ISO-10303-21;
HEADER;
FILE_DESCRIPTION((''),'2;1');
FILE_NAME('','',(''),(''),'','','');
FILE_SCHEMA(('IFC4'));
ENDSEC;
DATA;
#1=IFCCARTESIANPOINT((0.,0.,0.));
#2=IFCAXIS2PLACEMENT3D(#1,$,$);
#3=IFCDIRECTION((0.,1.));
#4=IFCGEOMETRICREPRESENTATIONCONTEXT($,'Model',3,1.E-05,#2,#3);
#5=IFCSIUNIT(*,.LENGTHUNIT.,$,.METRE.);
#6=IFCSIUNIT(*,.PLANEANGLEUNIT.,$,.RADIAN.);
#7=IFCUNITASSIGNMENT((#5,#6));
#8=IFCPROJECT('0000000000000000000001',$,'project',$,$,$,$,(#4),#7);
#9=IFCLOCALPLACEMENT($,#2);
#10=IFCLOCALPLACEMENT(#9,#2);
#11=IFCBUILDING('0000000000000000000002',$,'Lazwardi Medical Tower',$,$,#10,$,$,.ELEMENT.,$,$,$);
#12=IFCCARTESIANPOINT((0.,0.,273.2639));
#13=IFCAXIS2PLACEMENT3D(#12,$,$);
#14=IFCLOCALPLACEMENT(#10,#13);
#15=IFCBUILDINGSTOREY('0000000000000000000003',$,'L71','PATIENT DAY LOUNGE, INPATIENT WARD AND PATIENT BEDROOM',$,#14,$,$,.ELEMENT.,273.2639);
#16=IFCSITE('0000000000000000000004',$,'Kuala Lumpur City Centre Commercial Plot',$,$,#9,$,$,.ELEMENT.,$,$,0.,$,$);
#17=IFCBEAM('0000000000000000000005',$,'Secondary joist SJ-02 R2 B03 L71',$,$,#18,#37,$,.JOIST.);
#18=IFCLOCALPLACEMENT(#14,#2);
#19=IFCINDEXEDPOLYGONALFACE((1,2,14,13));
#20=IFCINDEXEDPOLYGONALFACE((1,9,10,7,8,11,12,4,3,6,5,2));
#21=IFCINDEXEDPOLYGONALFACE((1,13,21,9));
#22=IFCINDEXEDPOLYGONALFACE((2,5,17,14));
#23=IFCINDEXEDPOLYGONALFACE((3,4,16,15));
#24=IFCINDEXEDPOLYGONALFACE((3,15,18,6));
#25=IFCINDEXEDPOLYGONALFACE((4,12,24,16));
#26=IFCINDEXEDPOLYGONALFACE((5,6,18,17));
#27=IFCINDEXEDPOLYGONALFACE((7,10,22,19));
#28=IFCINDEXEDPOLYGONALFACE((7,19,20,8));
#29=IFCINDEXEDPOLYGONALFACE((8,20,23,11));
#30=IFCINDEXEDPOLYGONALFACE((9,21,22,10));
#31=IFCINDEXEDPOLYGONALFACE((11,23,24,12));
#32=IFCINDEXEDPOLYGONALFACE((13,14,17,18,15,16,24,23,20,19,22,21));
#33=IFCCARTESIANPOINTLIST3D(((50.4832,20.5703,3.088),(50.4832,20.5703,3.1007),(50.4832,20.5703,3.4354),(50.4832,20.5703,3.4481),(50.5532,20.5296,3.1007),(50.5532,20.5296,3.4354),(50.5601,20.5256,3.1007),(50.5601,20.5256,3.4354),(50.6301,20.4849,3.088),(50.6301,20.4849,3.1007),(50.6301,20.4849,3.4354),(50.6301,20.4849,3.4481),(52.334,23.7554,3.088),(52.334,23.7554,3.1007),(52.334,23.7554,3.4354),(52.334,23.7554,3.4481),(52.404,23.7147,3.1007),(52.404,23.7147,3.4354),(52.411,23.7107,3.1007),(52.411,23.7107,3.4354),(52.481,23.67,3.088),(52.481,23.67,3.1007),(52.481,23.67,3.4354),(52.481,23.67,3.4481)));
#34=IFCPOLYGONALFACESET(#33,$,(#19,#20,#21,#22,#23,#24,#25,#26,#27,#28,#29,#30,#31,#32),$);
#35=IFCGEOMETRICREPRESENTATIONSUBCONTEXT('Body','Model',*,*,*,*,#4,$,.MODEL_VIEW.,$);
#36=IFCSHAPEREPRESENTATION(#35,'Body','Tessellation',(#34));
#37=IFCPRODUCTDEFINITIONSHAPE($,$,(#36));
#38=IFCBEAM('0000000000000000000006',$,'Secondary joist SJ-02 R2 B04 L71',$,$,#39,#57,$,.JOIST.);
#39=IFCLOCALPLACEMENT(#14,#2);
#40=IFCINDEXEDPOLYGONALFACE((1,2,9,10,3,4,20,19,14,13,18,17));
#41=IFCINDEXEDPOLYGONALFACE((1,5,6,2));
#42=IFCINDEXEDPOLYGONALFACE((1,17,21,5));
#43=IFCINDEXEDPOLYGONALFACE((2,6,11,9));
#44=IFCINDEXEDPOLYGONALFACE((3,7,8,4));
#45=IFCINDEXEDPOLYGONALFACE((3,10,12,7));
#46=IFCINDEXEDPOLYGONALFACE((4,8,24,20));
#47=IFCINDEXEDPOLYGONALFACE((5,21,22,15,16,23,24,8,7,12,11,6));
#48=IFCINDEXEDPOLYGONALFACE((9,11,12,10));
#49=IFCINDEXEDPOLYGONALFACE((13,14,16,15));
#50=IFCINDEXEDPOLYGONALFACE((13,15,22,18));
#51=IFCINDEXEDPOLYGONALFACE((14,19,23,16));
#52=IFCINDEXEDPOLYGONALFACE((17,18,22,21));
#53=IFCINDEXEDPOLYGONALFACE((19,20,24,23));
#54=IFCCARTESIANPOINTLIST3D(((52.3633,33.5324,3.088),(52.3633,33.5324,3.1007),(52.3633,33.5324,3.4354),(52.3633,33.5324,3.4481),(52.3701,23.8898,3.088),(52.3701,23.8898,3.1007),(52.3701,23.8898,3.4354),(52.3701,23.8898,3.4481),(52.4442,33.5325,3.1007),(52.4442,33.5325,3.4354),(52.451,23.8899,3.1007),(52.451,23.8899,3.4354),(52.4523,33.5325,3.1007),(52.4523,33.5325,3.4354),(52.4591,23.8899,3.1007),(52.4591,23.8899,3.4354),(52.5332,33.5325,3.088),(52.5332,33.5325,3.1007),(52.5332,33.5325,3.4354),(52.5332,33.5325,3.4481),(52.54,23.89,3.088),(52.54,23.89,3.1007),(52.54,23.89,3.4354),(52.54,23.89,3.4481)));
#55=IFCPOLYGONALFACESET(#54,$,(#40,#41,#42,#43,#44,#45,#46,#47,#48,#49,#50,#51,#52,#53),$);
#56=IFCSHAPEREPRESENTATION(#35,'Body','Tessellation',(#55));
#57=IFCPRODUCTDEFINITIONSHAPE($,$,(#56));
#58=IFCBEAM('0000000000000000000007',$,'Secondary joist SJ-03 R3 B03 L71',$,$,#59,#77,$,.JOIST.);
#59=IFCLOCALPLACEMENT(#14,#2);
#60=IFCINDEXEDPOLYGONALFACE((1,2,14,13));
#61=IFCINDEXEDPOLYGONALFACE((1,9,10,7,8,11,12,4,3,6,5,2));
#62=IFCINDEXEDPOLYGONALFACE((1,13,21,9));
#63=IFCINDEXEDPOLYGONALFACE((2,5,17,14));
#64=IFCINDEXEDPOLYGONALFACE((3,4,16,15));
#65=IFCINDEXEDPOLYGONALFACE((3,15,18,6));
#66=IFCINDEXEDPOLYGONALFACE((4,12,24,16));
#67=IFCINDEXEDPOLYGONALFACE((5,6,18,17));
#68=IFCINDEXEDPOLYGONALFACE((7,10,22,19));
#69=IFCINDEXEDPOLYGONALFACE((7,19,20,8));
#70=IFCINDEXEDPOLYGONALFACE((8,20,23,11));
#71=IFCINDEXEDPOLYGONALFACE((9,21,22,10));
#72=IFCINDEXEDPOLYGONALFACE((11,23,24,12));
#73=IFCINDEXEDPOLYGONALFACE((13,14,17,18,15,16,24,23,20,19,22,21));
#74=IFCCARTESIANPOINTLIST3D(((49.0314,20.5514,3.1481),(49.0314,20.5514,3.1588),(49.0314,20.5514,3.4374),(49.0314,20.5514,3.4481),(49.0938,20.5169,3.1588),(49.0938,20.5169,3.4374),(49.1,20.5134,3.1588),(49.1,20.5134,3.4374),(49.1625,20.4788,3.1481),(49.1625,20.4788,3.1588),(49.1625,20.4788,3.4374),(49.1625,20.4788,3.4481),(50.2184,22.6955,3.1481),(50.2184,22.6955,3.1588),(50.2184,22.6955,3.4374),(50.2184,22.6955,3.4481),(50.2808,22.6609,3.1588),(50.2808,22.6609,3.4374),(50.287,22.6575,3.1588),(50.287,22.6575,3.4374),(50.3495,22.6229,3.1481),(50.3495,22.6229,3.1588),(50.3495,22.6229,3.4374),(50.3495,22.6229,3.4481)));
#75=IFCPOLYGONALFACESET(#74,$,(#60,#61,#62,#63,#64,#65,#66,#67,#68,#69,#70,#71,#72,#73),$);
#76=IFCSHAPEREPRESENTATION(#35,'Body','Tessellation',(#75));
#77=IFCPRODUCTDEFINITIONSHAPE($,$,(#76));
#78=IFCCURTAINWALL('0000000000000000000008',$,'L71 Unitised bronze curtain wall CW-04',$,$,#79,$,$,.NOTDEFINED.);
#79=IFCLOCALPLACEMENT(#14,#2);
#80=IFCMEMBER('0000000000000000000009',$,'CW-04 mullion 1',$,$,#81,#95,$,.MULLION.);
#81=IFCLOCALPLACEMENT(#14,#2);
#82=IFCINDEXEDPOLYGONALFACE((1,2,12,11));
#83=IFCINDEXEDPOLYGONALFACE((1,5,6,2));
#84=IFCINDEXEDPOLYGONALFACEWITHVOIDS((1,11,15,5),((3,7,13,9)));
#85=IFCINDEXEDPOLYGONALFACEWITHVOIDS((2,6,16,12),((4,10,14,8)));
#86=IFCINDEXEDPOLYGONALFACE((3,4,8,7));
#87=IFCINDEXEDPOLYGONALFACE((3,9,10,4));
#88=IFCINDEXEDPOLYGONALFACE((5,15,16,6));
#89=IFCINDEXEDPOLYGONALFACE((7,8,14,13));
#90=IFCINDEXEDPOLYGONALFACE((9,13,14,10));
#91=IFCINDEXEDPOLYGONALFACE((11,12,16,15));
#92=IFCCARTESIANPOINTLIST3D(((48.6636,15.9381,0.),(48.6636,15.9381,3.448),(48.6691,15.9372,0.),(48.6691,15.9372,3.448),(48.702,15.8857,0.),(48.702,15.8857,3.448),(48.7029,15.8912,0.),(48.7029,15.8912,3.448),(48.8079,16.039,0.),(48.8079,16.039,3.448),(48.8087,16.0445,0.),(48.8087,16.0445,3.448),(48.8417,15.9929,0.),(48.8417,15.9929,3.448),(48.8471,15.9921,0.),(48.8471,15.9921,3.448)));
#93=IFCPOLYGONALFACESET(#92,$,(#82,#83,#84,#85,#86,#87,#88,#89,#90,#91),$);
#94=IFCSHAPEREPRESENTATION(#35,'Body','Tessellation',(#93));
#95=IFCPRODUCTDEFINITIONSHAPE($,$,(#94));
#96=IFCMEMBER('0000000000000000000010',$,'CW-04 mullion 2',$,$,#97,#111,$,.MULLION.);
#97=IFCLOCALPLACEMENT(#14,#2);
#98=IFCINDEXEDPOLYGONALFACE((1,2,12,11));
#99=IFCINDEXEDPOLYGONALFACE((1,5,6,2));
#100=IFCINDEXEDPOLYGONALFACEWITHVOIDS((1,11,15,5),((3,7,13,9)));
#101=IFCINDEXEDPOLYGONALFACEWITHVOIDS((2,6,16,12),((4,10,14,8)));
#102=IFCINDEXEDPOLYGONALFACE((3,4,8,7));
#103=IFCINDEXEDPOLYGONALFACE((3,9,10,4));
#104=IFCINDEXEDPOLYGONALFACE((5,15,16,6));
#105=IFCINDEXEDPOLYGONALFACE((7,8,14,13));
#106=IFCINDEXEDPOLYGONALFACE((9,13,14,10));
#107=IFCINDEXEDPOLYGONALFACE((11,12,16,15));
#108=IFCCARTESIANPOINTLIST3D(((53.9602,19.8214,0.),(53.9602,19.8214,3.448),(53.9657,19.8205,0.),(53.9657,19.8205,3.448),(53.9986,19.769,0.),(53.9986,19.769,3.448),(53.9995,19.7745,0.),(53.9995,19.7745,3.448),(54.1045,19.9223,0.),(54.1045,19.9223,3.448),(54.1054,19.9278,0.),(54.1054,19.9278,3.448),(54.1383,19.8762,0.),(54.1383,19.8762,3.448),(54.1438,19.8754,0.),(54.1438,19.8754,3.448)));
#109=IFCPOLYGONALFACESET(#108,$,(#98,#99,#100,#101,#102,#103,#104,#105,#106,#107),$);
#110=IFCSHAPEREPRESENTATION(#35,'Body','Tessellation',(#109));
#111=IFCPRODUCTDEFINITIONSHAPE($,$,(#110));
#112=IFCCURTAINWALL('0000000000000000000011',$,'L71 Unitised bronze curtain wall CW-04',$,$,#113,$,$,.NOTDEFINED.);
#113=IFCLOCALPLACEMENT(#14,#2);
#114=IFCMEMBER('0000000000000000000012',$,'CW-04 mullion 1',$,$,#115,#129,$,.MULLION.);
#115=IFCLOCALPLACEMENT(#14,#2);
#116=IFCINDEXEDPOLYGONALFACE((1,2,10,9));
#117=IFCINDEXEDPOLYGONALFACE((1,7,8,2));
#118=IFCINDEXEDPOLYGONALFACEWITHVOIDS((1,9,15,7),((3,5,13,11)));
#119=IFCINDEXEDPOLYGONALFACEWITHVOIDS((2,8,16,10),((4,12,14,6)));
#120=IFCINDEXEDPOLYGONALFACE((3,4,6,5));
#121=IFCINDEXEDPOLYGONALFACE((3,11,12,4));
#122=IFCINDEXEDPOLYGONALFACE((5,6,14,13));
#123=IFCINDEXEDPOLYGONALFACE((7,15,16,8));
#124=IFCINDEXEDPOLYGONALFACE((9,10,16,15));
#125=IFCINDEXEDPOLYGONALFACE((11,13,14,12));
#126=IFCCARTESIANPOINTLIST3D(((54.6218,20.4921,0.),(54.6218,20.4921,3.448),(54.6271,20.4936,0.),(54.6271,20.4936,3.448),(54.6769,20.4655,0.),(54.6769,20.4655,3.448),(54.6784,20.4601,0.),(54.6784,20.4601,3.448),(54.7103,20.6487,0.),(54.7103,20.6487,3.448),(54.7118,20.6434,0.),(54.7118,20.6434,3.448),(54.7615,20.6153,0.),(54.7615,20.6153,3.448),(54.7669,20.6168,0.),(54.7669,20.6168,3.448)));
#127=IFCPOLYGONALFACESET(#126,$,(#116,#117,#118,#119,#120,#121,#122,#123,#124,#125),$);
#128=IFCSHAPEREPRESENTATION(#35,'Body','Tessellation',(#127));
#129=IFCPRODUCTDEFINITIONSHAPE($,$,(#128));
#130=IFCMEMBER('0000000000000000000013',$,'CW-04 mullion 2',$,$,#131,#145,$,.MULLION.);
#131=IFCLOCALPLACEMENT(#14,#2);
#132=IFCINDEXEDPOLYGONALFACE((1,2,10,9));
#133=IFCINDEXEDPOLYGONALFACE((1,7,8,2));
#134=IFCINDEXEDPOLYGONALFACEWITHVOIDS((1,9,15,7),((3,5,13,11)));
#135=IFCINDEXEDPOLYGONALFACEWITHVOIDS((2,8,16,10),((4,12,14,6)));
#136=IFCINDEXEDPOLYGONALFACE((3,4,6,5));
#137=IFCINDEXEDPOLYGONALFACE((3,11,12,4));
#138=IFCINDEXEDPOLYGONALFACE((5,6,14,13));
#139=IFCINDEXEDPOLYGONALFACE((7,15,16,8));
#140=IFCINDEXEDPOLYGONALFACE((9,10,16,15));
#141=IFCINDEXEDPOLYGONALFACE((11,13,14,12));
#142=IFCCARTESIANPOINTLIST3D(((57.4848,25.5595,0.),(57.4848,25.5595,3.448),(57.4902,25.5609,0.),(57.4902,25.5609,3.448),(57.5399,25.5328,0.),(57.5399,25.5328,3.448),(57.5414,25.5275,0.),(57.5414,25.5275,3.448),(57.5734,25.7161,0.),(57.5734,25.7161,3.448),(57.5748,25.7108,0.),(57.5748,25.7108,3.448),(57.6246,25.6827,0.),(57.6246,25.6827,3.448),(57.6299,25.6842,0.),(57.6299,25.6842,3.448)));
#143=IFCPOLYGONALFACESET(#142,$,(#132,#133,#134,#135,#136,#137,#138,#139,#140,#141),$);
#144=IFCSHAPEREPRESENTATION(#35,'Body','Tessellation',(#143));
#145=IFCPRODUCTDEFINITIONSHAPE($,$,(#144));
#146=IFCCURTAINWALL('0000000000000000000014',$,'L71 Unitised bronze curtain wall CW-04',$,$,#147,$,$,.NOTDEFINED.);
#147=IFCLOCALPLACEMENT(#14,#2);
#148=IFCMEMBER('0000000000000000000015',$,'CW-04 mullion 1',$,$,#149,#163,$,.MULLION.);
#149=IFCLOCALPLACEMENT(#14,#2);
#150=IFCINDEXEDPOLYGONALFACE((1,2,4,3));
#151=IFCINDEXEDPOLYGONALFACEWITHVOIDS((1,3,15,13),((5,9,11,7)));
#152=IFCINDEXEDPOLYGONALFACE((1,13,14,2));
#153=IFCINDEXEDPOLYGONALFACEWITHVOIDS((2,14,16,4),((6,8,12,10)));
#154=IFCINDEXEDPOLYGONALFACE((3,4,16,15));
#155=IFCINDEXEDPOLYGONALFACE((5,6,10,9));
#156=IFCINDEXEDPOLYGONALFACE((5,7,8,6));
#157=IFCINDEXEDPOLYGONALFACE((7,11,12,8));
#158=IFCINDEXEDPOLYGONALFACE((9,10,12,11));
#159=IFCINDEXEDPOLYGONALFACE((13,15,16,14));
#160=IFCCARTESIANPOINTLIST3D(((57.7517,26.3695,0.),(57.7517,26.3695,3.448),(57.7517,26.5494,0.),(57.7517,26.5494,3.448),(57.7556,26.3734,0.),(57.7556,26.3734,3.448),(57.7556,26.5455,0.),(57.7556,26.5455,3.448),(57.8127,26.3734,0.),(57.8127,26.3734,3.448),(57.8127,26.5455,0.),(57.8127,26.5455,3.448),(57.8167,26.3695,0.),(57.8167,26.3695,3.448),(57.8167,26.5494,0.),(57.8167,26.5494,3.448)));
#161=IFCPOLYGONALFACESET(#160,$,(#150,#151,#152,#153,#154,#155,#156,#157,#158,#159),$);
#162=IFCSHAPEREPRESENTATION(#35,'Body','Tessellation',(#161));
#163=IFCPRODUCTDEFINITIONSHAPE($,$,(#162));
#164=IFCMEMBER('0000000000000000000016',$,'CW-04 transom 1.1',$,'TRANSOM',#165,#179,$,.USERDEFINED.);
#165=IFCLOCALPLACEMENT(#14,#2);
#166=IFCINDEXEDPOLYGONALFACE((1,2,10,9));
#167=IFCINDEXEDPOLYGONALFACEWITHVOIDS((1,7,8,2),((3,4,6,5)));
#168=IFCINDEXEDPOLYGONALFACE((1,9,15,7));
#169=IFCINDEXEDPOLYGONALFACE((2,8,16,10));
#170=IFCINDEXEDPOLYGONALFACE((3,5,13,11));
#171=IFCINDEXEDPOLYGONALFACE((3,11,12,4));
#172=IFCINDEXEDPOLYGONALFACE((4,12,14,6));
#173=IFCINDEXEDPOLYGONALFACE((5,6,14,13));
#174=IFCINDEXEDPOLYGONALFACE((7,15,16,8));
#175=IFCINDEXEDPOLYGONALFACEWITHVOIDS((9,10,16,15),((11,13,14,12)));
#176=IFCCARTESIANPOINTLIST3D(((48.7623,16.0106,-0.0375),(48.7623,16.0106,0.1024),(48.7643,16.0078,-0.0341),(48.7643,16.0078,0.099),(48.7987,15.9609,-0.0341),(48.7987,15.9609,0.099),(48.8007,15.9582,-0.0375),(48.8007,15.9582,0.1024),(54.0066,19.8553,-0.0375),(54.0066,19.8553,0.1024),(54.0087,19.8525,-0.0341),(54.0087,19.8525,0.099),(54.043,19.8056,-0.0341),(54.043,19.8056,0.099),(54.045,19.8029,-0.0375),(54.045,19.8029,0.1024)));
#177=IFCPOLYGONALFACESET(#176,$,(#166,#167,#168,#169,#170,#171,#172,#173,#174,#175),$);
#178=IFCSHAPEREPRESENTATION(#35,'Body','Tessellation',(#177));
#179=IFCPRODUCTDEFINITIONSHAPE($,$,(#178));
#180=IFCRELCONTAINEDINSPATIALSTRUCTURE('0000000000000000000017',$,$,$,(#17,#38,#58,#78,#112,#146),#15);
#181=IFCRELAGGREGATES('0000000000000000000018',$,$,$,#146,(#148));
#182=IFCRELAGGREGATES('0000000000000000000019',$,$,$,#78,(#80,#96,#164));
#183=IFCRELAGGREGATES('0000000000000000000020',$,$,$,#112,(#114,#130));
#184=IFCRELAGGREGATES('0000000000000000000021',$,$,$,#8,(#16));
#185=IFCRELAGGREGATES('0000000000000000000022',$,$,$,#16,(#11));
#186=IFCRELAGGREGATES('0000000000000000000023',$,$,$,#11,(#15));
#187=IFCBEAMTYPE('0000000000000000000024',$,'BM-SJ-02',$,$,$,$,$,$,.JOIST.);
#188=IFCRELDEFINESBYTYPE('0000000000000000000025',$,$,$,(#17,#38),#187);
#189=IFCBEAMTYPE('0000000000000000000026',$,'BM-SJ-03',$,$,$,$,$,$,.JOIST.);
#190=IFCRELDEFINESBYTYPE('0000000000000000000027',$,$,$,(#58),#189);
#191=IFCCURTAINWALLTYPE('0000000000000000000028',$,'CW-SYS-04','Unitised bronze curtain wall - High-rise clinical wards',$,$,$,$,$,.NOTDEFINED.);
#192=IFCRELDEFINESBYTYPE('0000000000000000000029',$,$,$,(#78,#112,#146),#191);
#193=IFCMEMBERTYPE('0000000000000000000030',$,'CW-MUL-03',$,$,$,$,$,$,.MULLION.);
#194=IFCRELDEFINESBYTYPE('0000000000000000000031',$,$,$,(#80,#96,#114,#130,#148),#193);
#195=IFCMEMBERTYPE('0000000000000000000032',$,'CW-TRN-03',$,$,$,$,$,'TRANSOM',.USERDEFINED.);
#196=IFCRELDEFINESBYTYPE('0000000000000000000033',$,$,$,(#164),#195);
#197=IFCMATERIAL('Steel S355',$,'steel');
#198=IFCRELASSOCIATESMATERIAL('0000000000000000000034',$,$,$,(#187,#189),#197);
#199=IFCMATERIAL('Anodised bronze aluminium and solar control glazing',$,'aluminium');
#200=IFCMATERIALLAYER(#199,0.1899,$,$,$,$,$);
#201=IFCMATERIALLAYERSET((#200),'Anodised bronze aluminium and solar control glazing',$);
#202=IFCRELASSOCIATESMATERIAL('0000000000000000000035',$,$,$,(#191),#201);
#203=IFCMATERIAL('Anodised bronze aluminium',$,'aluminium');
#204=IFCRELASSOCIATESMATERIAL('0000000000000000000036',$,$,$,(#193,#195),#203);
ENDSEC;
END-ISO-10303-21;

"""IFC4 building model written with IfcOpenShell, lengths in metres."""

from ifc_helpers import new_model, si_unit, direction, frame, origin, origin_2d, place, context, subcontext, project, spatial, hollow_rectangle, i_section, extrude, material, layer, layer_set, material_profile, profile_set, type_object, element, aggregate, save


model = new_model("IFC4")

# Units and contexts
model_context = context("Model", 3, precision=1e-05, world=origin(), true_north=direction((0.0, 1.0)))
body_context = subcontext(model_context, "Body", "Model", "MODEL_VIEW")
ifc_project = project(units=[si_unit("LENGTHUNIT", "METRE"), si_unit("PLANEANGLEUNIT", "RADIAN")], contexts=[model_context])

# Site, building, storey
site_placement = place(None, origin())
site = spatial("IfcSite", under=ifc_project, at=site_placement, Name="Kuala Lumpur City Centre Commercial Plot", CompositionType="ELEMENT", RefElevation=0.0)
building_placement = place(site_placement, origin())
building = spatial("IfcBuilding", under=site, at=building_placement, Name="Lazwardi Medical Tower", CompositionType="ELEMENT")
storey_placement = place(building_placement, frame((0.0, 0.0, 273.2639)))
storey = spatial("IfcBuildingStorey", under=building, at=storey_placement, Name="L71", Description="PATIENT DAY LOUNGE, INPATIENT WARD AND PATIENT BEDROOM", CompositionType="ELEMENT", Elevation=273.2639)

# Beams
ifc_material_1 = material(Name="Steel S355", Category="steel")
ifc_material_profile_1 = material_profile(ifc_material_1, i_section(OverallWidth=0.1699, OverallDepth=0.3601, WebThickness=0.0081, FlangeThickness=0.0127, at=origin_2d()), Name="IPE 360")
ifc_profile_set_1 = profile_set([ifc_material_profile_1], Name="Steel S355")
beam_type_1 = type_object("IfcBeamType", Name="BM-SJ-02", PredefinedType="JOIST", material=ifc_profile_set_1)
beam_1_placement = place(storey_placement, frame((50.5566, 20.5276, 3.2681), z_axis=(0.502428, 0.864619, 0.0), x_axis=(-0.864619, 0.502428, 0.0)))
element("IfcBeam", 1, at=beam_1_placement, inside=storey, type_object=beam_type_1, Name="Secondary joist SJ-02 R2 B03 L71", PredefinedType="JOIST", context=body_context, shape_type="SweptSolid", body=[
    extrude(i_section(OverallWidth=0.1699, OverallDepth=0.3601, WebThickness=0.0081, FlangeThickness=0.0127, at=origin_2d()), origin(), (0.0, 0.0, 1.0), 3.6838),
])
beam_2_placement = place(storey_placement, frame((52.4551, 23.8899, 3.2681), z_axis=(-0.000709, 1.0, 0.0), x_axis=(-1.0, -0.000709, 0.0)))
element("IfcBeam", 2, at=beam_2_placement, inside=storey, type_object=beam_type_1, Name="Secondary joist SJ-02 R2 B04 L71", PredefinedType="JOIST", context=body_context, shape_type="SweptSolid", body=[
    extrude(i_section(OverallWidth=0.1699, OverallDepth=0.3601, WebThickness=0.0081, FlangeThickness=0.0127, at=origin_2d()), origin(), (0.0, 0.0, 1.0), 9.6426),
])
ifc_material_profile_2 = material_profile(ifc_material_1, i_section(OverallWidth=0.1499, OverallDepth=0.3, WebThickness=0.0071, FlangeThickness=0.0107, at=origin_2d()), Name="IPE 300")
ifc_profile_set_2 = profile_set([ifc_material_profile_2], Name="Steel S355")
beam_type_2 = type_object("IfcBeamType", Name="BM-SJ-03", PredefinedType="JOIST", material=ifc_profile_set_2)
beam_3_placement = place(storey_placement, frame((49.0969, 20.5151, 3.2981), z_axis=(0.484357, 0.874871, 0.0), x_axis=(-0.874871, 0.484357, 0.0)))
element("IfcBeam", 3, at=beam_3_placement, inside=storey, type_object=beam_type_2, Name="Secondary joist SJ-03 R3 B03 L71", PredefinedType="JOIST", context=body_context, shape_type="SweptSolid", body=[
    extrude(i_section(OverallWidth=0.1499, OverallDepth=0.3, WebThickness=0.0071, FlangeThickness=0.0107, at=origin_2d()), origin(), (0.0, 0.0, 1.0), 2.4507),
])

# Curtain walls, members
ifc_material_2 = material(Name="Anodised bronze aluminium and solar control glazing", Category="aluminium")
ifc_layer_1 = layer(ifc_material_2, 0.1899)
ifc_layer_set_1 = layer_set([ifc_layer_1], Name="Anodised bronze aluminium and solar control glazing")
curtain_wall_type = type_object("IfcCurtainWallType", Name="CW-SYS-04", Description="Unitised bronze curtain wall - High-rise clinical wards", PredefinedType="NOTDEFINED", material=ifc_layer_set_1)
curtain_wall_1_placement = place(storey_placement, origin())
curtain_wall_1 = element("IfcCurtainWall", 4, at=curtain_wall_1_placement, inside=storey, type_object=curtain_wall_type, Name="L71 Unitised bronze curtain wall CW-04", PredefinedType="NOTDEFINED")
ifc_material_3 = material(Name="Anodised bronze aluminium", Category="aluminium")
ifc_material_profile_3 = material_profile(ifc_material_3, hollow_rectangle(XDim=0.0649, YDim=0.1799, WallThickness=0.0039, at=origin_2d()), Name="ALU-MULLION 180x65x4")
ifc_profile_set_3 = profile_set([ifc_material_profile_3], Name="Anodised bronze aluminium")
member_type_1 = type_object("IfcMemberType", Name="CW-MUL-03", PredefinedType="MULLION", material=ifc_profile_set_3)
member_1_placement = place(storey_placement, frame((48.7554, 15.9651, 0.0), z_axis=(0.0, 0.0, 1.0), x_axis=(-0.591268, 0.806475, 0.0)))
member_1 = element("IfcMember", 5, at=member_1_placement, type_object=member_type_1, Name="CW-04 mullion 1", PredefinedType="MULLION", context=body_context, shape_type="SweptSolid", body=[
    extrude(hollow_rectangle(XDim=0.0649, YDim=0.1799, WallThickness=0.0039, at=origin_2d()), origin(), (0.0, 0.0, 1.0), 3.448),
])
member_2_placement = place(storey_placement, frame((54.052, 19.8484, 0.0), z_axis=(0.0, 0.0, 1.0), x_axis=(-0.591268, 0.806475, 0.0)))
member_2 = element("IfcMember", 6, at=member_2_placement, type_object=member_type_1, Name="CW-04 mullion 2", PredefinedType="MULLION", context=body_context, shape_type="SweptSolid", body=[
    extrude(hollow_rectangle(XDim=0.0649, YDim=0.1799, WallThickness=0.0039, at=origin_2d()), origin(), (0.0, 0.0, 1.0), 3.448),
])
curtain_wall_2_placement = place(storey_placement, origin())
curtain_wall_2 = element("IfcCurtainWall", 7, at=curtain_wall_2_placement, inside=storey, type_object=curtain_wall_type, Name="L71 Unitised bronze curtain wall CW-04", PredefinedType="NOTDEFINED")
member_3_placement = place(storey_placement, frame((54.6943, 20.5544, 0.0), z_axis=(0.0, 0.0, 1.0), x_axis=(-0.870651, 0.4919, 0.0)))
member_3 = element("IfcMember", 8, at=member_3_placement, type_object=member_type_1, Name="CW-04 mullion 1", PredefinedType="MULLION", context=body_context, shape_type="SweptSolid", body=[
    extrude(hollow_rectangle(XDim=0.0649, YDim=0.1799, WallThickness=0.0039, at=origin_2d()), origin(), (0.0, 0.0, 1.0), 3.448),
])
member_4_placement = place(storey_placement, frame((57.5574, 25.6218, 0.0), z_axis=(0.0, 0.0, 1.0), x_axis=(-0.870651, 0.4919, 0.0)))
member_4 = element("IfcMember", 9, at=member_4_placement, type_object=member_type_1, Name="CW-04 mullion 2", PredefinedType="MULLION", context=body_context, shape_type="SweptSolid", body=[
    extrude(hollow_rectangle(XDim=0.0649, YDim=0.1799, WallThickness=0.0039, at=origin_2d()), origin(), (0.0, 0.0, 1.0), 3.448),
])

# Curtain wall, member
curtain_wall_3_placement = place(storey_placement, origin())
curtain_wall_3 = element("IfcCurtainWall", 10, at=curtain_wall_3_placement, inside=storey, type_object=curtain_wall_type, Name="L71 Unitised bronze curtain wall CW-04", PredefinedType="NOTDEFINED")
member_5_placement = place(storey_placement, frame((57.7842, 26.4595, 0.0), z_axis=(0.0, 0.0, 1.0), x_axis=(-1.0, 0.0, 0.0)))
member_5 = element("IfcMember", 11, at=member_5_placement, type_object=member_type_1, Name="CW-04 mullion 1", PredefinedType="MULLION", context=body_context, shape_type="SweptSolid", body=[
    extrude(hollow_rectangle(XDim=0.0649, YDim=0.1799, WallThickness=0.0039, at=origin_2d()), origin(), (0.0, 0.0, 1.0), 3.448),
])

# Member
ifc_material_profile_4 = material_profile(ifc_material_3, hollow_rectangle(XDim=0.0649, YDim=0.1399, WallThickness=0.0034, at=origin_2d()), Name="ALU-TRANSOM 140x65x3.5")
ifc_profile_set_4 = profile_set([ifc_material_profile_4], Name="Anodised bronze aluminium")
member_type_2 = type_object("IfcMemberType", Name="CW-TRN-03", ElementType="TRANSOM", PredefinedType="USERDEFINED", material=ifc_profile_set_4)
member_6_placement = place(storey_placement, frame((48.7815, 15.9844, 0.0325), z_axis=(0.80649, 0.591248, 0.0), x_axis=(-0.591248, 0.80649, 0.0)))
member_6 = element("IfcMember", 12, at=member_6_placement, type_object=member_type_2, Name="CW-04 transom 1.1", ObjectType="TRANSOM", PredefinedType="USERDEFINED", context=body_context, shape_type="SweptSolid", body=[
    extrude(hollow_rectangle(XDim=0.0649, YDim=0.1399, WallThickness=0.0034, at=origin_2d()), origin(), (0.0, 0.0, 1.0), 6.5027),
])
aggregate(curtain_wall_3, [member_5])

aggregate(curtain_wall_1, [member_1, member_2, member_6])
aggregate(curtain_wall_2, [member_3, member_4])

save(model, "model.ifc")
